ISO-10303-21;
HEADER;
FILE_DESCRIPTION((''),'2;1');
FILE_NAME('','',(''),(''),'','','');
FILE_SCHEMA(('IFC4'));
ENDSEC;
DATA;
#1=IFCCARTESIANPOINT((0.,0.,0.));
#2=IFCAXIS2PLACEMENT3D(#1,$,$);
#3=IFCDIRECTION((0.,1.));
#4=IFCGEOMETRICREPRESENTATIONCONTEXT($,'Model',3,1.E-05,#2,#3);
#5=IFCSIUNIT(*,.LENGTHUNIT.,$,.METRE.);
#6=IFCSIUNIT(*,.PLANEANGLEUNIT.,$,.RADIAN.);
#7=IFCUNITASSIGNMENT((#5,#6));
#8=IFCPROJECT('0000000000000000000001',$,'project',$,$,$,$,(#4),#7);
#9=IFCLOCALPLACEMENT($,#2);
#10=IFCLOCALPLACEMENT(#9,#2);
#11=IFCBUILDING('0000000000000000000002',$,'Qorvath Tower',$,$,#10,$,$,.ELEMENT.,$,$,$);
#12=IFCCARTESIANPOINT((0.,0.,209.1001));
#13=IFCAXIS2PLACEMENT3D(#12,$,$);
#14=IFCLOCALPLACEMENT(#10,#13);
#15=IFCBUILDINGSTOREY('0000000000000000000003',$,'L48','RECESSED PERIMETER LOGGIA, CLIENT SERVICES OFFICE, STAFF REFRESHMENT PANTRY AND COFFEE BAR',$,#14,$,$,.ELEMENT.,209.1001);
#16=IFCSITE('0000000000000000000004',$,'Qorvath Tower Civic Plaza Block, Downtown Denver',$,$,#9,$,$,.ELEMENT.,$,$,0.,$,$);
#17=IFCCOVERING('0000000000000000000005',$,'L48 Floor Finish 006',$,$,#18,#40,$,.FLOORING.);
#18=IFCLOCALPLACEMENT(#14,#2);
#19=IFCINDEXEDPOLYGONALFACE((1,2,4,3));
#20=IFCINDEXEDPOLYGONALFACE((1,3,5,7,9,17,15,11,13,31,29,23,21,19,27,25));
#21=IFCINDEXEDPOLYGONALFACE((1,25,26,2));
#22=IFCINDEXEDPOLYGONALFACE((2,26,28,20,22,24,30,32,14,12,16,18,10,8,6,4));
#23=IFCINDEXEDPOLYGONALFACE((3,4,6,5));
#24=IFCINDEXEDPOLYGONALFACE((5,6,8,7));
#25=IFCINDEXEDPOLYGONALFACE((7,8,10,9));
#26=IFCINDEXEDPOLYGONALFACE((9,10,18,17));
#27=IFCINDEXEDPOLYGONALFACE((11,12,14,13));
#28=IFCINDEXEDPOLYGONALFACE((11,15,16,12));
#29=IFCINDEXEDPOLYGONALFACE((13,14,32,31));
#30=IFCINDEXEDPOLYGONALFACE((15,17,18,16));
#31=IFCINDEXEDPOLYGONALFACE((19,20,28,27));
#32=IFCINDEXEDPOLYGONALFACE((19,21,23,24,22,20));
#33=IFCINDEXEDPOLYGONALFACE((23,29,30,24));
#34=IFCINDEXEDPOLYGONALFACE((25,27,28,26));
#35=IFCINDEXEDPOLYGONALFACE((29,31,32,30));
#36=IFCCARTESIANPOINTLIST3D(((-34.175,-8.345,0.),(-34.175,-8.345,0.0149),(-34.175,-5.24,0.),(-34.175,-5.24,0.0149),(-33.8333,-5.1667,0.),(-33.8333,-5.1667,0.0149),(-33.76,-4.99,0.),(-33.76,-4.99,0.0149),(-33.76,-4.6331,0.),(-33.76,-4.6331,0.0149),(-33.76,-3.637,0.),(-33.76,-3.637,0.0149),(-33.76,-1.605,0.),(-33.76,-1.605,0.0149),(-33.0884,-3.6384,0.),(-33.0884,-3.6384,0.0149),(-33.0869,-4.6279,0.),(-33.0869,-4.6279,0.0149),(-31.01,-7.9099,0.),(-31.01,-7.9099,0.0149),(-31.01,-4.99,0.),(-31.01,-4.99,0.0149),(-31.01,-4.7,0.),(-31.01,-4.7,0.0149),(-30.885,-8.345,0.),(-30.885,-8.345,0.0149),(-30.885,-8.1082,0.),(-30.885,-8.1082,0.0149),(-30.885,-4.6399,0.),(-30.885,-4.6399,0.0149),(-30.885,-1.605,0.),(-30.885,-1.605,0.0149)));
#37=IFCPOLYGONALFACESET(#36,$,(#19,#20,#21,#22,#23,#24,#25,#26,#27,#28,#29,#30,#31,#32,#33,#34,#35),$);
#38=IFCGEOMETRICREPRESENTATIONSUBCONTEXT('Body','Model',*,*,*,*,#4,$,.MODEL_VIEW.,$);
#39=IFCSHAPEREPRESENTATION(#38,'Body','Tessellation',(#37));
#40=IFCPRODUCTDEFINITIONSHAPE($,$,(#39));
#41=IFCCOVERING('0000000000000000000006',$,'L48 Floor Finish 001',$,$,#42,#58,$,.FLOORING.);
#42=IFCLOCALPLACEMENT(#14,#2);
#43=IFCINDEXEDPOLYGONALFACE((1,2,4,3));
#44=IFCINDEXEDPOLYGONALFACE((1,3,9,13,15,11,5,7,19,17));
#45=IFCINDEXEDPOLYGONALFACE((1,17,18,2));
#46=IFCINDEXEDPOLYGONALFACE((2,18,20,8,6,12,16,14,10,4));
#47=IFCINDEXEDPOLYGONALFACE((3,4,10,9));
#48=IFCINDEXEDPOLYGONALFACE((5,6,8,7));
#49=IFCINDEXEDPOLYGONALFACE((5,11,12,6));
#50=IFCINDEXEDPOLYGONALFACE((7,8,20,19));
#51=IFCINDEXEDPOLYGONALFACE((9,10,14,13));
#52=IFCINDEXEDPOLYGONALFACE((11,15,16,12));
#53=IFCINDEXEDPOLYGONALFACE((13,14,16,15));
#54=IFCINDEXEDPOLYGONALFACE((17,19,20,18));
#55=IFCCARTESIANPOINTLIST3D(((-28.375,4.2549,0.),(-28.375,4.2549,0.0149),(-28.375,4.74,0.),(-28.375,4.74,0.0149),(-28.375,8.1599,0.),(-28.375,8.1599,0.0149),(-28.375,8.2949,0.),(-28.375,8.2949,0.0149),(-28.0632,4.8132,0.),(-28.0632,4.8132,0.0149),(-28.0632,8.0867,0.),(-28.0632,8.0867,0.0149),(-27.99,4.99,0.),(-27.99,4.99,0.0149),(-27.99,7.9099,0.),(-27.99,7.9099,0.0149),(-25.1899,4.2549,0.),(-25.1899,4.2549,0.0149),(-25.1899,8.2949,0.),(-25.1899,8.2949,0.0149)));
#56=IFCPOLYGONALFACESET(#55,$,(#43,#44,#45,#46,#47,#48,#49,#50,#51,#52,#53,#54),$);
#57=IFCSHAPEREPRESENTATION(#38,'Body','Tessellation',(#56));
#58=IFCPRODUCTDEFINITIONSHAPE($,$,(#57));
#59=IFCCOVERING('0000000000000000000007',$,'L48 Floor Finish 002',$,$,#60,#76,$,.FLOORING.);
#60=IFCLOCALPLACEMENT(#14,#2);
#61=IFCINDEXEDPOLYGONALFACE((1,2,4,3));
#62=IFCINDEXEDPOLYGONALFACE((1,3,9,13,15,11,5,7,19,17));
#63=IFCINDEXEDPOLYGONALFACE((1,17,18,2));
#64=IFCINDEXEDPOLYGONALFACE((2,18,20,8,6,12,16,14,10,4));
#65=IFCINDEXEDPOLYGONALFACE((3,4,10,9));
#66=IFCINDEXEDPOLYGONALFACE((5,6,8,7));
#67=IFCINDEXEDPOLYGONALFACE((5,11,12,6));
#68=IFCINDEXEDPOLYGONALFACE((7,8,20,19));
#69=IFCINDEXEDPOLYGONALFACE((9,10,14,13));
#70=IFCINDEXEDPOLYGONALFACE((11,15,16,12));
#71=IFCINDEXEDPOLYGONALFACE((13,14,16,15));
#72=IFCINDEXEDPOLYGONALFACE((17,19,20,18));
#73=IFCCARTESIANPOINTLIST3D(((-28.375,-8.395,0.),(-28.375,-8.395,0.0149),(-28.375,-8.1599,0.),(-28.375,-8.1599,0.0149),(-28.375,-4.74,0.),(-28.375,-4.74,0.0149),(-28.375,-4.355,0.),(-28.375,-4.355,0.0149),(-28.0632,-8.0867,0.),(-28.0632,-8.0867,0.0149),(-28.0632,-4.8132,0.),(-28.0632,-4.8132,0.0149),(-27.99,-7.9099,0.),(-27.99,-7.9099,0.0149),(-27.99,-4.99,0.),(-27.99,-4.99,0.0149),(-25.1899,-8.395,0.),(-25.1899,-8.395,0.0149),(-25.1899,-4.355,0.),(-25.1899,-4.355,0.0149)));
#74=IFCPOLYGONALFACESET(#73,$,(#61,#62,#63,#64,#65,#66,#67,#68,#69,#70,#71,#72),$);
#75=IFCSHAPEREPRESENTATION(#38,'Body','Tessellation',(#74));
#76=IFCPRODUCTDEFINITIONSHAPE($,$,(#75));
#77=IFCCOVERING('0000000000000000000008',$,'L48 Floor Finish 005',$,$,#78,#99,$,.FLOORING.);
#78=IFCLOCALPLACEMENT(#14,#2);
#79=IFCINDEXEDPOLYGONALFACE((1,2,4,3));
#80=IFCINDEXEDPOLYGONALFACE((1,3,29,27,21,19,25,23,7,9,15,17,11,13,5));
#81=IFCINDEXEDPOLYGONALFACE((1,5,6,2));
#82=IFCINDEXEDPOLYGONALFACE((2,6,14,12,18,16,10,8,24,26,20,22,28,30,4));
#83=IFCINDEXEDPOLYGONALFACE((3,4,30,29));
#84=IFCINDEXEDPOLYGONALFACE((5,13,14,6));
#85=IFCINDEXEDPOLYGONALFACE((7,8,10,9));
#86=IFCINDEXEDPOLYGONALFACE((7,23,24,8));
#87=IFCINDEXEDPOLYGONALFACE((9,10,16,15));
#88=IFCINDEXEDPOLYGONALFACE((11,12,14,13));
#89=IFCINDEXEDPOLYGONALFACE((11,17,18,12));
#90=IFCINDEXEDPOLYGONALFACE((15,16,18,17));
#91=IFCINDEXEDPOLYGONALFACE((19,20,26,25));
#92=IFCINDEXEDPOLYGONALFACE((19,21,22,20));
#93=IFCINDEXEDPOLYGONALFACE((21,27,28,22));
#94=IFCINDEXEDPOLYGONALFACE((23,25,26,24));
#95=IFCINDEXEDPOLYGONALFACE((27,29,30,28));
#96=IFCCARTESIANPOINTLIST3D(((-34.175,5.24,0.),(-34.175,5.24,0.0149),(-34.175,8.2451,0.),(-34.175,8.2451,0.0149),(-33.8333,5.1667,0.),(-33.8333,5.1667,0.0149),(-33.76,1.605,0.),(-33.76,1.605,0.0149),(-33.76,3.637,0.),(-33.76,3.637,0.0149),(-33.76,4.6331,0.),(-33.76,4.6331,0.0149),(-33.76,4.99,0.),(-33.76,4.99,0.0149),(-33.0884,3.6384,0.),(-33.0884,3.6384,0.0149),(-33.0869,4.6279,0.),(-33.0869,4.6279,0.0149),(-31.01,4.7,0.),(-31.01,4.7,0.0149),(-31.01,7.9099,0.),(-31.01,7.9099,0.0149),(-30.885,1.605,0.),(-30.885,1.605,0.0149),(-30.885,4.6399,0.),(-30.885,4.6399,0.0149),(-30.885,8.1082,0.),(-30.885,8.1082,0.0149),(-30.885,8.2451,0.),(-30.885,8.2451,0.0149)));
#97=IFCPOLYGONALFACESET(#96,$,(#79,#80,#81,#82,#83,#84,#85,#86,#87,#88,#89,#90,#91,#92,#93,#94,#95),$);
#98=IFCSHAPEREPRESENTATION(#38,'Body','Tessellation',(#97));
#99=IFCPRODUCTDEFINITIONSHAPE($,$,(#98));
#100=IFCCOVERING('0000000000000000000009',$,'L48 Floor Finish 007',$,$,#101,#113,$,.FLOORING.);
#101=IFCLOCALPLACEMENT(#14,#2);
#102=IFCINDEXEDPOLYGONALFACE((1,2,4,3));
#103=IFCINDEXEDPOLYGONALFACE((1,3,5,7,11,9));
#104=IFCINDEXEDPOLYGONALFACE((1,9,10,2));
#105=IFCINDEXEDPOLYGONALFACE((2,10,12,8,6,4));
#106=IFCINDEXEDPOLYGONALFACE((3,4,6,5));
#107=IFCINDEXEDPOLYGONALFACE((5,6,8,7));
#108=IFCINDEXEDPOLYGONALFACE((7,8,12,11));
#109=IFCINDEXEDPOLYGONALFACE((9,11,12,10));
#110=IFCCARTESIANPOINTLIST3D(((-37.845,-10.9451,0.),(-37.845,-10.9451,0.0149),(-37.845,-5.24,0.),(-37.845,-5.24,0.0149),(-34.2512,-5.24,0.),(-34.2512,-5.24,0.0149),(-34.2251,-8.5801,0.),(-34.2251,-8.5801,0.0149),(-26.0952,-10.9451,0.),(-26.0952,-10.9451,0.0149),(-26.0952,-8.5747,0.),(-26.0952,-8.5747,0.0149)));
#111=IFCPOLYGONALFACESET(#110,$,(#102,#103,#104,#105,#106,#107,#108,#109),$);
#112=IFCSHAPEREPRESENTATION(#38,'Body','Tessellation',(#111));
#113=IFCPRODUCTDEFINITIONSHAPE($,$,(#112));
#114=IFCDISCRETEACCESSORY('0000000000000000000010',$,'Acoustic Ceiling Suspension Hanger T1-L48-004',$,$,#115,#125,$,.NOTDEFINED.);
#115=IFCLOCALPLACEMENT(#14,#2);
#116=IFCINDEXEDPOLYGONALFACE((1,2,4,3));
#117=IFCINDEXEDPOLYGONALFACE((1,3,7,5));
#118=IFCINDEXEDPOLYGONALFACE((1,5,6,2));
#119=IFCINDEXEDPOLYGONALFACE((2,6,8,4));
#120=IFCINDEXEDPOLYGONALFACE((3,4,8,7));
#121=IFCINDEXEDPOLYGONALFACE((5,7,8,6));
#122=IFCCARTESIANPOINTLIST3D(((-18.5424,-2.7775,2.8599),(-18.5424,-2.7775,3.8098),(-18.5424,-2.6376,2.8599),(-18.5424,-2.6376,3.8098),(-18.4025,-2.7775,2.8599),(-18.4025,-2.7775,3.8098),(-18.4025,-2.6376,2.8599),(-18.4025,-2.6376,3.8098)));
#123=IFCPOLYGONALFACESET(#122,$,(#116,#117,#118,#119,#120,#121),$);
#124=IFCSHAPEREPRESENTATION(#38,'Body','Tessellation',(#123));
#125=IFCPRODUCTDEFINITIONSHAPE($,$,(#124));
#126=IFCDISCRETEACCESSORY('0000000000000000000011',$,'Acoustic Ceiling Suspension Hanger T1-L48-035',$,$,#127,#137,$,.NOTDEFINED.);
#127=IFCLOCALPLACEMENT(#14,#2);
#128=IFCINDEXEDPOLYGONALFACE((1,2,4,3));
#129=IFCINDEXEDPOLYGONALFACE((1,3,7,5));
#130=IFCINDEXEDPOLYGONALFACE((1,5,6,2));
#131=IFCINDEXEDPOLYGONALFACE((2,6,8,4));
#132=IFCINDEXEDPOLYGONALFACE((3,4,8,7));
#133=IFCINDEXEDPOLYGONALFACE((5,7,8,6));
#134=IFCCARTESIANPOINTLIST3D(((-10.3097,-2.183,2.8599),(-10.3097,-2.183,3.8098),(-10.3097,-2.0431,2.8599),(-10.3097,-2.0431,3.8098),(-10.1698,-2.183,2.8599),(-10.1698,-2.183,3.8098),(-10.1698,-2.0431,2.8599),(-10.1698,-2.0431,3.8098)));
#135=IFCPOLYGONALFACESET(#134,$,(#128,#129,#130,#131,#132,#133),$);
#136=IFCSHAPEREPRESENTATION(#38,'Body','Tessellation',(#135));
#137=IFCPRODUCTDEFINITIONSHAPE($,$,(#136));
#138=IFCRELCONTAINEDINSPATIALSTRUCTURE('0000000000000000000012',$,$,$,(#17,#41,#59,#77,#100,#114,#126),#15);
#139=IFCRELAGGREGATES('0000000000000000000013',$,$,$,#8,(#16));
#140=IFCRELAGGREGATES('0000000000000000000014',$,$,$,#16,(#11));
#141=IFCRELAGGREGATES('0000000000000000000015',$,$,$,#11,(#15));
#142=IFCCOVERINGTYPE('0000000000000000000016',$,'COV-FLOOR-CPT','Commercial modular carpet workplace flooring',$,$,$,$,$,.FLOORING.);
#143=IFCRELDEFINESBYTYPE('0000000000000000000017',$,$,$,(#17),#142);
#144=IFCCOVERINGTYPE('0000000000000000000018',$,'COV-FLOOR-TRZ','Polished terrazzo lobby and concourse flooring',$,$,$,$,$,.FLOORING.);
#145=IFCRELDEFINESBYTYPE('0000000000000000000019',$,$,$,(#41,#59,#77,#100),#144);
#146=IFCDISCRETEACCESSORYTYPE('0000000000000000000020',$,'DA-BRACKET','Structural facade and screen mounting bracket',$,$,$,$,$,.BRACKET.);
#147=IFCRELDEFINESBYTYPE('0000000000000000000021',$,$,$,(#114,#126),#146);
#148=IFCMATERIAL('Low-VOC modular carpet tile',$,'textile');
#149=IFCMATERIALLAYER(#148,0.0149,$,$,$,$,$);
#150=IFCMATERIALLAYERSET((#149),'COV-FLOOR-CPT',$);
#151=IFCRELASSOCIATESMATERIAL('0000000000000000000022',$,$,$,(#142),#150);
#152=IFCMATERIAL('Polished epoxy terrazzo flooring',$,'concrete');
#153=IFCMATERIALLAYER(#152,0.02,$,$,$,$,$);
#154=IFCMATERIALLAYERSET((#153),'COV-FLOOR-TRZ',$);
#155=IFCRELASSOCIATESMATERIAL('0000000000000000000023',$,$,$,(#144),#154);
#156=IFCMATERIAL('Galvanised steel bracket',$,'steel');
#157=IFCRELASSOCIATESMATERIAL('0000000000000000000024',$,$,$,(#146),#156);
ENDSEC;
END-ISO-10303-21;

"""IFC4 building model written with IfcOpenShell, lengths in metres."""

from ifc_helpers import new_model, si_unit, direction, frame, origin, origin_2d, place, context, subcontext, project, spatial, polyline, rectangle, outline, extrude, material, layer, layer_set, type_object, element, save


model = new_model("IFC4")

# Units and contexts
model_context = context("Model", 3, precision=1e-05, world=origin(), true_north=direction((0.0, 1.0)))
body_context = subcontext(model_context, "Body", "Model", "MODEL_VIEW")
ifc_project = project(units=[si_unit("LENGTHUNIT", "METRE"), si_unit("PLANEANGLEUNIT", "RADIAN")], contexts=[model_context])

# Site, building, storey
site_placement = place(None, origin())
site = spatial("IfcSite", under=ifc_project, at=site_placement, Name="Qorvath Tower Civic Plaza Block, Downtown Denver", CompositionType="ELEMENT", RefElevation=0.0)
building_placement = place(site_placement, origin())
building = spatial("IfcBuilding", under=site, at=building_placement, Name="Qorvath Tower", CompositionType="ELEMENT")
storey_placement = place(building_placement, frame((0.0, 0.0, 209.1001)))
storey = spatial("IfcBuildingStorey", under=building, at=storey_placement, Name="L48", Description="RECESSED PERIMETER LOGGIA, CLIENT SERVICES OFFICE, STAFF REFRESHMENT PANTRY AND COFFEE BAR", CompositionType="ELEMENT", Elevation=209.1001)

# Coverings
ifc_material_1 = material(Name="Low-VOC modular carpet tile", Category="textile")
ifc_layer_1 = layer(ifc_material_1, 0.0149)
ifc_layer_set_1 = layer_set([ifc_layer_1], Name="COV-FLOOR-CPT")
covering_type_1 = type_object("IfcCoveringType", Name="COV-FLOOR-CPT", Description="Commercial modular carpet workplace flooring", PredefinedType="FLOORING", material=ifc_layer_set_1)
covering_1_placement = place(storey_placement, origin())
element("IfcCovering", 1, at=covering_1_placement, inside=storey, type_object=covering_type_1, Name="L48 Floor Finish 006", PredefinedType="FLOORING", context=body_context, shape_type="SweptSolid", body=[
    extrude(outline(polyline([(-30.885, -1.605), (-33.76, -1.605), (-33.76, -3.637), (-33.0884, -3.6384), (-33.0869, -4.6279), (-33.76, -4.6331), (-33.76, -4.99), (-33.8333, -5.1667), (-34.175, -5.24), (-34.175, -8.345), (-30.885, -8.345), (-30.885, -8.1082), (-31.01, -7.9099), (-31.01, -4.99), (-31.01, -4.7), (-30.885, -4.6399), (-30.885, -1.605)])), origin(), (0.0, 0.0, 1.0), 0.0149),
])
ifc_material_2 = material(Name="Polished epoxy terrazzo flooring", Category="concrete")
ifc_layer_2 = layer(ifc_material_2, 0.02)
ifc_layer_set_2 = layer_set([ifc_layer_2], Name="COV-FLOOR-TRZ")
covering_type_2 = type_object("IfcCoveringType", Name="COV-FLOOR-TRZ", Description="Polished terrazzo lobby and concourse flooring", PredefinedType="FLOORING", material=ifc_layer_set_2)
covering_2_placement = place(storey_placement, origin())
element("IfcCovering", 2, at=covering_2_placement, inside=storey, type_object=covering_type_2, Name="L48 Floor Finish 001", PredefinedType="FLOORING", context=body_context, shape_type="SweptSolid", body=[
    extrude(outline(polyline([(-25.1899, 4.2549), (-25.1899, 8.2949), (-28.375, 8.2949), (-28.375, 8.1599), (-28.0632, 8.0867), (-27.99, 7.9099), (-27.99, 4.99), (-28.0632, 4.8132), (-28.375, 4.74), (-28.375, 4.2549), (-25.1899, 4.2549)])), origin(), (0.0, 0.0, 1.0), 0.0149),
])
covering_3_placement = place(storey_placement, origin())
element("IfcCovering", 3, at=covering_3_placement, inside=storey, type_object=covering_type_2, Name="L48 Floor Finish 002", PredefinedType="FLOORING", context=body_context, shape_type="SweptSolid", body=[
    extrude(outline(polyline([(-25.1899, -8.395), (-25.1899, -4.355), (-28.375, -4.355), (-28.375, -4.74), (-28.0632, -4.8132), (-27.99, -4.99), (-27.99, -7.9099), (-28.0632, -8.0867), (-28.375, -8.1599), (-28.375, -8.395), (-25.1899, -8.395)])), origin(), (0.0, 0.0, 1.0), 0.0149),
])
covering_4_placement = place(storey_placement, origin())
element("IfcCovering", 4, at=covering_4_placement, inside=storey, type_object=covering_type_2, Name="L48 Floor Finish 005", PredefinedType="FLOORING", context=body_context, shape_type="SweptSolid", body=[
    extrude(outline(polyline([(-30.885, 8.2451), (-34.175, 8.2451), (-34.175, 5.24), (-33.8333, 5.1667), (-33.76, 4.99), (-33.76, 4.6331), (-33.0869, 4.6279), (-33.0884, 3.6384), (-33.76, 3.637), (-33.76, 1.605), (-30.885, 1.605), (-30.885, 4.6399), (-31.01, 4.7), (-31.01, 7.9099), (-30.885, 8.1082), (-30.885, 8.2451)])), origin(), (0.0, 0.0, 1.0), 0.0149),
])
covering_5_placement = place(storey_placement, origin())
element("IfcCovering", 5, at=covering_5_placement, inside=storey, type_object=covering_type_2, Name="L48 Floor Finish 007", PredefinedType="FLOORING", context=body_context, shape_type="SweptSolid", body=[
    extrude(outline(polyline([(-34.2251, -8.5801), (-34.2512, -5.24), (-37.845, -5.24), (-37.845, -10.9451), (-26.0952, -10.9451), (-26.0952, -8.5747), (-34.2251, -8.5801)])), origin(), (0.0, 0.0, 1.0), 0.0149),
])

# Discrete accessories
ifc_material_3 = material(Name="Galvanised steel bracket", Category="steel")
discrete_accessory_type = type_object("IfcDiscreteAccessoryType", Name="DA-BRACKET", Description="Structural facade and screen mounting bracket", PredefinedType="BRACKET", material=ifc_material_3)
for number, where, z_axis, x_axis, name in (
    (6, (-18.4724, -2.7075, 2.8599), (0.0, 0.0, 1.0), (1.0, 0.0, 0.0), "Acoustic Ceiling Suspension Hanger T1-L48-004"),
    (7, (-10.2397, -2.113, 2.8599), (0.0, 0.0, 1.0), (1.0, 0.0, 0.0), "Acoustic Ceiling Suspension Hanger T1-L48-035"),
):
    element("IfcDiscreteAccessory", number, at=place(storey_placement, frame(where, z_axis=z_axis, x_axis=x_axis)), inside=storey, type_object=discrete_accessory_type, Name=name, PredefinedType="NOTDEFINED", context=body_context, shape_type="SweptSolid", body=[
        extrude(rectangle(XDim=0.1399, YDim=0.1399, at=origin_2d()), origin(), (0.0, 0.0, 1.0), 0.95),
    ])

save(model, "model.ifc")
